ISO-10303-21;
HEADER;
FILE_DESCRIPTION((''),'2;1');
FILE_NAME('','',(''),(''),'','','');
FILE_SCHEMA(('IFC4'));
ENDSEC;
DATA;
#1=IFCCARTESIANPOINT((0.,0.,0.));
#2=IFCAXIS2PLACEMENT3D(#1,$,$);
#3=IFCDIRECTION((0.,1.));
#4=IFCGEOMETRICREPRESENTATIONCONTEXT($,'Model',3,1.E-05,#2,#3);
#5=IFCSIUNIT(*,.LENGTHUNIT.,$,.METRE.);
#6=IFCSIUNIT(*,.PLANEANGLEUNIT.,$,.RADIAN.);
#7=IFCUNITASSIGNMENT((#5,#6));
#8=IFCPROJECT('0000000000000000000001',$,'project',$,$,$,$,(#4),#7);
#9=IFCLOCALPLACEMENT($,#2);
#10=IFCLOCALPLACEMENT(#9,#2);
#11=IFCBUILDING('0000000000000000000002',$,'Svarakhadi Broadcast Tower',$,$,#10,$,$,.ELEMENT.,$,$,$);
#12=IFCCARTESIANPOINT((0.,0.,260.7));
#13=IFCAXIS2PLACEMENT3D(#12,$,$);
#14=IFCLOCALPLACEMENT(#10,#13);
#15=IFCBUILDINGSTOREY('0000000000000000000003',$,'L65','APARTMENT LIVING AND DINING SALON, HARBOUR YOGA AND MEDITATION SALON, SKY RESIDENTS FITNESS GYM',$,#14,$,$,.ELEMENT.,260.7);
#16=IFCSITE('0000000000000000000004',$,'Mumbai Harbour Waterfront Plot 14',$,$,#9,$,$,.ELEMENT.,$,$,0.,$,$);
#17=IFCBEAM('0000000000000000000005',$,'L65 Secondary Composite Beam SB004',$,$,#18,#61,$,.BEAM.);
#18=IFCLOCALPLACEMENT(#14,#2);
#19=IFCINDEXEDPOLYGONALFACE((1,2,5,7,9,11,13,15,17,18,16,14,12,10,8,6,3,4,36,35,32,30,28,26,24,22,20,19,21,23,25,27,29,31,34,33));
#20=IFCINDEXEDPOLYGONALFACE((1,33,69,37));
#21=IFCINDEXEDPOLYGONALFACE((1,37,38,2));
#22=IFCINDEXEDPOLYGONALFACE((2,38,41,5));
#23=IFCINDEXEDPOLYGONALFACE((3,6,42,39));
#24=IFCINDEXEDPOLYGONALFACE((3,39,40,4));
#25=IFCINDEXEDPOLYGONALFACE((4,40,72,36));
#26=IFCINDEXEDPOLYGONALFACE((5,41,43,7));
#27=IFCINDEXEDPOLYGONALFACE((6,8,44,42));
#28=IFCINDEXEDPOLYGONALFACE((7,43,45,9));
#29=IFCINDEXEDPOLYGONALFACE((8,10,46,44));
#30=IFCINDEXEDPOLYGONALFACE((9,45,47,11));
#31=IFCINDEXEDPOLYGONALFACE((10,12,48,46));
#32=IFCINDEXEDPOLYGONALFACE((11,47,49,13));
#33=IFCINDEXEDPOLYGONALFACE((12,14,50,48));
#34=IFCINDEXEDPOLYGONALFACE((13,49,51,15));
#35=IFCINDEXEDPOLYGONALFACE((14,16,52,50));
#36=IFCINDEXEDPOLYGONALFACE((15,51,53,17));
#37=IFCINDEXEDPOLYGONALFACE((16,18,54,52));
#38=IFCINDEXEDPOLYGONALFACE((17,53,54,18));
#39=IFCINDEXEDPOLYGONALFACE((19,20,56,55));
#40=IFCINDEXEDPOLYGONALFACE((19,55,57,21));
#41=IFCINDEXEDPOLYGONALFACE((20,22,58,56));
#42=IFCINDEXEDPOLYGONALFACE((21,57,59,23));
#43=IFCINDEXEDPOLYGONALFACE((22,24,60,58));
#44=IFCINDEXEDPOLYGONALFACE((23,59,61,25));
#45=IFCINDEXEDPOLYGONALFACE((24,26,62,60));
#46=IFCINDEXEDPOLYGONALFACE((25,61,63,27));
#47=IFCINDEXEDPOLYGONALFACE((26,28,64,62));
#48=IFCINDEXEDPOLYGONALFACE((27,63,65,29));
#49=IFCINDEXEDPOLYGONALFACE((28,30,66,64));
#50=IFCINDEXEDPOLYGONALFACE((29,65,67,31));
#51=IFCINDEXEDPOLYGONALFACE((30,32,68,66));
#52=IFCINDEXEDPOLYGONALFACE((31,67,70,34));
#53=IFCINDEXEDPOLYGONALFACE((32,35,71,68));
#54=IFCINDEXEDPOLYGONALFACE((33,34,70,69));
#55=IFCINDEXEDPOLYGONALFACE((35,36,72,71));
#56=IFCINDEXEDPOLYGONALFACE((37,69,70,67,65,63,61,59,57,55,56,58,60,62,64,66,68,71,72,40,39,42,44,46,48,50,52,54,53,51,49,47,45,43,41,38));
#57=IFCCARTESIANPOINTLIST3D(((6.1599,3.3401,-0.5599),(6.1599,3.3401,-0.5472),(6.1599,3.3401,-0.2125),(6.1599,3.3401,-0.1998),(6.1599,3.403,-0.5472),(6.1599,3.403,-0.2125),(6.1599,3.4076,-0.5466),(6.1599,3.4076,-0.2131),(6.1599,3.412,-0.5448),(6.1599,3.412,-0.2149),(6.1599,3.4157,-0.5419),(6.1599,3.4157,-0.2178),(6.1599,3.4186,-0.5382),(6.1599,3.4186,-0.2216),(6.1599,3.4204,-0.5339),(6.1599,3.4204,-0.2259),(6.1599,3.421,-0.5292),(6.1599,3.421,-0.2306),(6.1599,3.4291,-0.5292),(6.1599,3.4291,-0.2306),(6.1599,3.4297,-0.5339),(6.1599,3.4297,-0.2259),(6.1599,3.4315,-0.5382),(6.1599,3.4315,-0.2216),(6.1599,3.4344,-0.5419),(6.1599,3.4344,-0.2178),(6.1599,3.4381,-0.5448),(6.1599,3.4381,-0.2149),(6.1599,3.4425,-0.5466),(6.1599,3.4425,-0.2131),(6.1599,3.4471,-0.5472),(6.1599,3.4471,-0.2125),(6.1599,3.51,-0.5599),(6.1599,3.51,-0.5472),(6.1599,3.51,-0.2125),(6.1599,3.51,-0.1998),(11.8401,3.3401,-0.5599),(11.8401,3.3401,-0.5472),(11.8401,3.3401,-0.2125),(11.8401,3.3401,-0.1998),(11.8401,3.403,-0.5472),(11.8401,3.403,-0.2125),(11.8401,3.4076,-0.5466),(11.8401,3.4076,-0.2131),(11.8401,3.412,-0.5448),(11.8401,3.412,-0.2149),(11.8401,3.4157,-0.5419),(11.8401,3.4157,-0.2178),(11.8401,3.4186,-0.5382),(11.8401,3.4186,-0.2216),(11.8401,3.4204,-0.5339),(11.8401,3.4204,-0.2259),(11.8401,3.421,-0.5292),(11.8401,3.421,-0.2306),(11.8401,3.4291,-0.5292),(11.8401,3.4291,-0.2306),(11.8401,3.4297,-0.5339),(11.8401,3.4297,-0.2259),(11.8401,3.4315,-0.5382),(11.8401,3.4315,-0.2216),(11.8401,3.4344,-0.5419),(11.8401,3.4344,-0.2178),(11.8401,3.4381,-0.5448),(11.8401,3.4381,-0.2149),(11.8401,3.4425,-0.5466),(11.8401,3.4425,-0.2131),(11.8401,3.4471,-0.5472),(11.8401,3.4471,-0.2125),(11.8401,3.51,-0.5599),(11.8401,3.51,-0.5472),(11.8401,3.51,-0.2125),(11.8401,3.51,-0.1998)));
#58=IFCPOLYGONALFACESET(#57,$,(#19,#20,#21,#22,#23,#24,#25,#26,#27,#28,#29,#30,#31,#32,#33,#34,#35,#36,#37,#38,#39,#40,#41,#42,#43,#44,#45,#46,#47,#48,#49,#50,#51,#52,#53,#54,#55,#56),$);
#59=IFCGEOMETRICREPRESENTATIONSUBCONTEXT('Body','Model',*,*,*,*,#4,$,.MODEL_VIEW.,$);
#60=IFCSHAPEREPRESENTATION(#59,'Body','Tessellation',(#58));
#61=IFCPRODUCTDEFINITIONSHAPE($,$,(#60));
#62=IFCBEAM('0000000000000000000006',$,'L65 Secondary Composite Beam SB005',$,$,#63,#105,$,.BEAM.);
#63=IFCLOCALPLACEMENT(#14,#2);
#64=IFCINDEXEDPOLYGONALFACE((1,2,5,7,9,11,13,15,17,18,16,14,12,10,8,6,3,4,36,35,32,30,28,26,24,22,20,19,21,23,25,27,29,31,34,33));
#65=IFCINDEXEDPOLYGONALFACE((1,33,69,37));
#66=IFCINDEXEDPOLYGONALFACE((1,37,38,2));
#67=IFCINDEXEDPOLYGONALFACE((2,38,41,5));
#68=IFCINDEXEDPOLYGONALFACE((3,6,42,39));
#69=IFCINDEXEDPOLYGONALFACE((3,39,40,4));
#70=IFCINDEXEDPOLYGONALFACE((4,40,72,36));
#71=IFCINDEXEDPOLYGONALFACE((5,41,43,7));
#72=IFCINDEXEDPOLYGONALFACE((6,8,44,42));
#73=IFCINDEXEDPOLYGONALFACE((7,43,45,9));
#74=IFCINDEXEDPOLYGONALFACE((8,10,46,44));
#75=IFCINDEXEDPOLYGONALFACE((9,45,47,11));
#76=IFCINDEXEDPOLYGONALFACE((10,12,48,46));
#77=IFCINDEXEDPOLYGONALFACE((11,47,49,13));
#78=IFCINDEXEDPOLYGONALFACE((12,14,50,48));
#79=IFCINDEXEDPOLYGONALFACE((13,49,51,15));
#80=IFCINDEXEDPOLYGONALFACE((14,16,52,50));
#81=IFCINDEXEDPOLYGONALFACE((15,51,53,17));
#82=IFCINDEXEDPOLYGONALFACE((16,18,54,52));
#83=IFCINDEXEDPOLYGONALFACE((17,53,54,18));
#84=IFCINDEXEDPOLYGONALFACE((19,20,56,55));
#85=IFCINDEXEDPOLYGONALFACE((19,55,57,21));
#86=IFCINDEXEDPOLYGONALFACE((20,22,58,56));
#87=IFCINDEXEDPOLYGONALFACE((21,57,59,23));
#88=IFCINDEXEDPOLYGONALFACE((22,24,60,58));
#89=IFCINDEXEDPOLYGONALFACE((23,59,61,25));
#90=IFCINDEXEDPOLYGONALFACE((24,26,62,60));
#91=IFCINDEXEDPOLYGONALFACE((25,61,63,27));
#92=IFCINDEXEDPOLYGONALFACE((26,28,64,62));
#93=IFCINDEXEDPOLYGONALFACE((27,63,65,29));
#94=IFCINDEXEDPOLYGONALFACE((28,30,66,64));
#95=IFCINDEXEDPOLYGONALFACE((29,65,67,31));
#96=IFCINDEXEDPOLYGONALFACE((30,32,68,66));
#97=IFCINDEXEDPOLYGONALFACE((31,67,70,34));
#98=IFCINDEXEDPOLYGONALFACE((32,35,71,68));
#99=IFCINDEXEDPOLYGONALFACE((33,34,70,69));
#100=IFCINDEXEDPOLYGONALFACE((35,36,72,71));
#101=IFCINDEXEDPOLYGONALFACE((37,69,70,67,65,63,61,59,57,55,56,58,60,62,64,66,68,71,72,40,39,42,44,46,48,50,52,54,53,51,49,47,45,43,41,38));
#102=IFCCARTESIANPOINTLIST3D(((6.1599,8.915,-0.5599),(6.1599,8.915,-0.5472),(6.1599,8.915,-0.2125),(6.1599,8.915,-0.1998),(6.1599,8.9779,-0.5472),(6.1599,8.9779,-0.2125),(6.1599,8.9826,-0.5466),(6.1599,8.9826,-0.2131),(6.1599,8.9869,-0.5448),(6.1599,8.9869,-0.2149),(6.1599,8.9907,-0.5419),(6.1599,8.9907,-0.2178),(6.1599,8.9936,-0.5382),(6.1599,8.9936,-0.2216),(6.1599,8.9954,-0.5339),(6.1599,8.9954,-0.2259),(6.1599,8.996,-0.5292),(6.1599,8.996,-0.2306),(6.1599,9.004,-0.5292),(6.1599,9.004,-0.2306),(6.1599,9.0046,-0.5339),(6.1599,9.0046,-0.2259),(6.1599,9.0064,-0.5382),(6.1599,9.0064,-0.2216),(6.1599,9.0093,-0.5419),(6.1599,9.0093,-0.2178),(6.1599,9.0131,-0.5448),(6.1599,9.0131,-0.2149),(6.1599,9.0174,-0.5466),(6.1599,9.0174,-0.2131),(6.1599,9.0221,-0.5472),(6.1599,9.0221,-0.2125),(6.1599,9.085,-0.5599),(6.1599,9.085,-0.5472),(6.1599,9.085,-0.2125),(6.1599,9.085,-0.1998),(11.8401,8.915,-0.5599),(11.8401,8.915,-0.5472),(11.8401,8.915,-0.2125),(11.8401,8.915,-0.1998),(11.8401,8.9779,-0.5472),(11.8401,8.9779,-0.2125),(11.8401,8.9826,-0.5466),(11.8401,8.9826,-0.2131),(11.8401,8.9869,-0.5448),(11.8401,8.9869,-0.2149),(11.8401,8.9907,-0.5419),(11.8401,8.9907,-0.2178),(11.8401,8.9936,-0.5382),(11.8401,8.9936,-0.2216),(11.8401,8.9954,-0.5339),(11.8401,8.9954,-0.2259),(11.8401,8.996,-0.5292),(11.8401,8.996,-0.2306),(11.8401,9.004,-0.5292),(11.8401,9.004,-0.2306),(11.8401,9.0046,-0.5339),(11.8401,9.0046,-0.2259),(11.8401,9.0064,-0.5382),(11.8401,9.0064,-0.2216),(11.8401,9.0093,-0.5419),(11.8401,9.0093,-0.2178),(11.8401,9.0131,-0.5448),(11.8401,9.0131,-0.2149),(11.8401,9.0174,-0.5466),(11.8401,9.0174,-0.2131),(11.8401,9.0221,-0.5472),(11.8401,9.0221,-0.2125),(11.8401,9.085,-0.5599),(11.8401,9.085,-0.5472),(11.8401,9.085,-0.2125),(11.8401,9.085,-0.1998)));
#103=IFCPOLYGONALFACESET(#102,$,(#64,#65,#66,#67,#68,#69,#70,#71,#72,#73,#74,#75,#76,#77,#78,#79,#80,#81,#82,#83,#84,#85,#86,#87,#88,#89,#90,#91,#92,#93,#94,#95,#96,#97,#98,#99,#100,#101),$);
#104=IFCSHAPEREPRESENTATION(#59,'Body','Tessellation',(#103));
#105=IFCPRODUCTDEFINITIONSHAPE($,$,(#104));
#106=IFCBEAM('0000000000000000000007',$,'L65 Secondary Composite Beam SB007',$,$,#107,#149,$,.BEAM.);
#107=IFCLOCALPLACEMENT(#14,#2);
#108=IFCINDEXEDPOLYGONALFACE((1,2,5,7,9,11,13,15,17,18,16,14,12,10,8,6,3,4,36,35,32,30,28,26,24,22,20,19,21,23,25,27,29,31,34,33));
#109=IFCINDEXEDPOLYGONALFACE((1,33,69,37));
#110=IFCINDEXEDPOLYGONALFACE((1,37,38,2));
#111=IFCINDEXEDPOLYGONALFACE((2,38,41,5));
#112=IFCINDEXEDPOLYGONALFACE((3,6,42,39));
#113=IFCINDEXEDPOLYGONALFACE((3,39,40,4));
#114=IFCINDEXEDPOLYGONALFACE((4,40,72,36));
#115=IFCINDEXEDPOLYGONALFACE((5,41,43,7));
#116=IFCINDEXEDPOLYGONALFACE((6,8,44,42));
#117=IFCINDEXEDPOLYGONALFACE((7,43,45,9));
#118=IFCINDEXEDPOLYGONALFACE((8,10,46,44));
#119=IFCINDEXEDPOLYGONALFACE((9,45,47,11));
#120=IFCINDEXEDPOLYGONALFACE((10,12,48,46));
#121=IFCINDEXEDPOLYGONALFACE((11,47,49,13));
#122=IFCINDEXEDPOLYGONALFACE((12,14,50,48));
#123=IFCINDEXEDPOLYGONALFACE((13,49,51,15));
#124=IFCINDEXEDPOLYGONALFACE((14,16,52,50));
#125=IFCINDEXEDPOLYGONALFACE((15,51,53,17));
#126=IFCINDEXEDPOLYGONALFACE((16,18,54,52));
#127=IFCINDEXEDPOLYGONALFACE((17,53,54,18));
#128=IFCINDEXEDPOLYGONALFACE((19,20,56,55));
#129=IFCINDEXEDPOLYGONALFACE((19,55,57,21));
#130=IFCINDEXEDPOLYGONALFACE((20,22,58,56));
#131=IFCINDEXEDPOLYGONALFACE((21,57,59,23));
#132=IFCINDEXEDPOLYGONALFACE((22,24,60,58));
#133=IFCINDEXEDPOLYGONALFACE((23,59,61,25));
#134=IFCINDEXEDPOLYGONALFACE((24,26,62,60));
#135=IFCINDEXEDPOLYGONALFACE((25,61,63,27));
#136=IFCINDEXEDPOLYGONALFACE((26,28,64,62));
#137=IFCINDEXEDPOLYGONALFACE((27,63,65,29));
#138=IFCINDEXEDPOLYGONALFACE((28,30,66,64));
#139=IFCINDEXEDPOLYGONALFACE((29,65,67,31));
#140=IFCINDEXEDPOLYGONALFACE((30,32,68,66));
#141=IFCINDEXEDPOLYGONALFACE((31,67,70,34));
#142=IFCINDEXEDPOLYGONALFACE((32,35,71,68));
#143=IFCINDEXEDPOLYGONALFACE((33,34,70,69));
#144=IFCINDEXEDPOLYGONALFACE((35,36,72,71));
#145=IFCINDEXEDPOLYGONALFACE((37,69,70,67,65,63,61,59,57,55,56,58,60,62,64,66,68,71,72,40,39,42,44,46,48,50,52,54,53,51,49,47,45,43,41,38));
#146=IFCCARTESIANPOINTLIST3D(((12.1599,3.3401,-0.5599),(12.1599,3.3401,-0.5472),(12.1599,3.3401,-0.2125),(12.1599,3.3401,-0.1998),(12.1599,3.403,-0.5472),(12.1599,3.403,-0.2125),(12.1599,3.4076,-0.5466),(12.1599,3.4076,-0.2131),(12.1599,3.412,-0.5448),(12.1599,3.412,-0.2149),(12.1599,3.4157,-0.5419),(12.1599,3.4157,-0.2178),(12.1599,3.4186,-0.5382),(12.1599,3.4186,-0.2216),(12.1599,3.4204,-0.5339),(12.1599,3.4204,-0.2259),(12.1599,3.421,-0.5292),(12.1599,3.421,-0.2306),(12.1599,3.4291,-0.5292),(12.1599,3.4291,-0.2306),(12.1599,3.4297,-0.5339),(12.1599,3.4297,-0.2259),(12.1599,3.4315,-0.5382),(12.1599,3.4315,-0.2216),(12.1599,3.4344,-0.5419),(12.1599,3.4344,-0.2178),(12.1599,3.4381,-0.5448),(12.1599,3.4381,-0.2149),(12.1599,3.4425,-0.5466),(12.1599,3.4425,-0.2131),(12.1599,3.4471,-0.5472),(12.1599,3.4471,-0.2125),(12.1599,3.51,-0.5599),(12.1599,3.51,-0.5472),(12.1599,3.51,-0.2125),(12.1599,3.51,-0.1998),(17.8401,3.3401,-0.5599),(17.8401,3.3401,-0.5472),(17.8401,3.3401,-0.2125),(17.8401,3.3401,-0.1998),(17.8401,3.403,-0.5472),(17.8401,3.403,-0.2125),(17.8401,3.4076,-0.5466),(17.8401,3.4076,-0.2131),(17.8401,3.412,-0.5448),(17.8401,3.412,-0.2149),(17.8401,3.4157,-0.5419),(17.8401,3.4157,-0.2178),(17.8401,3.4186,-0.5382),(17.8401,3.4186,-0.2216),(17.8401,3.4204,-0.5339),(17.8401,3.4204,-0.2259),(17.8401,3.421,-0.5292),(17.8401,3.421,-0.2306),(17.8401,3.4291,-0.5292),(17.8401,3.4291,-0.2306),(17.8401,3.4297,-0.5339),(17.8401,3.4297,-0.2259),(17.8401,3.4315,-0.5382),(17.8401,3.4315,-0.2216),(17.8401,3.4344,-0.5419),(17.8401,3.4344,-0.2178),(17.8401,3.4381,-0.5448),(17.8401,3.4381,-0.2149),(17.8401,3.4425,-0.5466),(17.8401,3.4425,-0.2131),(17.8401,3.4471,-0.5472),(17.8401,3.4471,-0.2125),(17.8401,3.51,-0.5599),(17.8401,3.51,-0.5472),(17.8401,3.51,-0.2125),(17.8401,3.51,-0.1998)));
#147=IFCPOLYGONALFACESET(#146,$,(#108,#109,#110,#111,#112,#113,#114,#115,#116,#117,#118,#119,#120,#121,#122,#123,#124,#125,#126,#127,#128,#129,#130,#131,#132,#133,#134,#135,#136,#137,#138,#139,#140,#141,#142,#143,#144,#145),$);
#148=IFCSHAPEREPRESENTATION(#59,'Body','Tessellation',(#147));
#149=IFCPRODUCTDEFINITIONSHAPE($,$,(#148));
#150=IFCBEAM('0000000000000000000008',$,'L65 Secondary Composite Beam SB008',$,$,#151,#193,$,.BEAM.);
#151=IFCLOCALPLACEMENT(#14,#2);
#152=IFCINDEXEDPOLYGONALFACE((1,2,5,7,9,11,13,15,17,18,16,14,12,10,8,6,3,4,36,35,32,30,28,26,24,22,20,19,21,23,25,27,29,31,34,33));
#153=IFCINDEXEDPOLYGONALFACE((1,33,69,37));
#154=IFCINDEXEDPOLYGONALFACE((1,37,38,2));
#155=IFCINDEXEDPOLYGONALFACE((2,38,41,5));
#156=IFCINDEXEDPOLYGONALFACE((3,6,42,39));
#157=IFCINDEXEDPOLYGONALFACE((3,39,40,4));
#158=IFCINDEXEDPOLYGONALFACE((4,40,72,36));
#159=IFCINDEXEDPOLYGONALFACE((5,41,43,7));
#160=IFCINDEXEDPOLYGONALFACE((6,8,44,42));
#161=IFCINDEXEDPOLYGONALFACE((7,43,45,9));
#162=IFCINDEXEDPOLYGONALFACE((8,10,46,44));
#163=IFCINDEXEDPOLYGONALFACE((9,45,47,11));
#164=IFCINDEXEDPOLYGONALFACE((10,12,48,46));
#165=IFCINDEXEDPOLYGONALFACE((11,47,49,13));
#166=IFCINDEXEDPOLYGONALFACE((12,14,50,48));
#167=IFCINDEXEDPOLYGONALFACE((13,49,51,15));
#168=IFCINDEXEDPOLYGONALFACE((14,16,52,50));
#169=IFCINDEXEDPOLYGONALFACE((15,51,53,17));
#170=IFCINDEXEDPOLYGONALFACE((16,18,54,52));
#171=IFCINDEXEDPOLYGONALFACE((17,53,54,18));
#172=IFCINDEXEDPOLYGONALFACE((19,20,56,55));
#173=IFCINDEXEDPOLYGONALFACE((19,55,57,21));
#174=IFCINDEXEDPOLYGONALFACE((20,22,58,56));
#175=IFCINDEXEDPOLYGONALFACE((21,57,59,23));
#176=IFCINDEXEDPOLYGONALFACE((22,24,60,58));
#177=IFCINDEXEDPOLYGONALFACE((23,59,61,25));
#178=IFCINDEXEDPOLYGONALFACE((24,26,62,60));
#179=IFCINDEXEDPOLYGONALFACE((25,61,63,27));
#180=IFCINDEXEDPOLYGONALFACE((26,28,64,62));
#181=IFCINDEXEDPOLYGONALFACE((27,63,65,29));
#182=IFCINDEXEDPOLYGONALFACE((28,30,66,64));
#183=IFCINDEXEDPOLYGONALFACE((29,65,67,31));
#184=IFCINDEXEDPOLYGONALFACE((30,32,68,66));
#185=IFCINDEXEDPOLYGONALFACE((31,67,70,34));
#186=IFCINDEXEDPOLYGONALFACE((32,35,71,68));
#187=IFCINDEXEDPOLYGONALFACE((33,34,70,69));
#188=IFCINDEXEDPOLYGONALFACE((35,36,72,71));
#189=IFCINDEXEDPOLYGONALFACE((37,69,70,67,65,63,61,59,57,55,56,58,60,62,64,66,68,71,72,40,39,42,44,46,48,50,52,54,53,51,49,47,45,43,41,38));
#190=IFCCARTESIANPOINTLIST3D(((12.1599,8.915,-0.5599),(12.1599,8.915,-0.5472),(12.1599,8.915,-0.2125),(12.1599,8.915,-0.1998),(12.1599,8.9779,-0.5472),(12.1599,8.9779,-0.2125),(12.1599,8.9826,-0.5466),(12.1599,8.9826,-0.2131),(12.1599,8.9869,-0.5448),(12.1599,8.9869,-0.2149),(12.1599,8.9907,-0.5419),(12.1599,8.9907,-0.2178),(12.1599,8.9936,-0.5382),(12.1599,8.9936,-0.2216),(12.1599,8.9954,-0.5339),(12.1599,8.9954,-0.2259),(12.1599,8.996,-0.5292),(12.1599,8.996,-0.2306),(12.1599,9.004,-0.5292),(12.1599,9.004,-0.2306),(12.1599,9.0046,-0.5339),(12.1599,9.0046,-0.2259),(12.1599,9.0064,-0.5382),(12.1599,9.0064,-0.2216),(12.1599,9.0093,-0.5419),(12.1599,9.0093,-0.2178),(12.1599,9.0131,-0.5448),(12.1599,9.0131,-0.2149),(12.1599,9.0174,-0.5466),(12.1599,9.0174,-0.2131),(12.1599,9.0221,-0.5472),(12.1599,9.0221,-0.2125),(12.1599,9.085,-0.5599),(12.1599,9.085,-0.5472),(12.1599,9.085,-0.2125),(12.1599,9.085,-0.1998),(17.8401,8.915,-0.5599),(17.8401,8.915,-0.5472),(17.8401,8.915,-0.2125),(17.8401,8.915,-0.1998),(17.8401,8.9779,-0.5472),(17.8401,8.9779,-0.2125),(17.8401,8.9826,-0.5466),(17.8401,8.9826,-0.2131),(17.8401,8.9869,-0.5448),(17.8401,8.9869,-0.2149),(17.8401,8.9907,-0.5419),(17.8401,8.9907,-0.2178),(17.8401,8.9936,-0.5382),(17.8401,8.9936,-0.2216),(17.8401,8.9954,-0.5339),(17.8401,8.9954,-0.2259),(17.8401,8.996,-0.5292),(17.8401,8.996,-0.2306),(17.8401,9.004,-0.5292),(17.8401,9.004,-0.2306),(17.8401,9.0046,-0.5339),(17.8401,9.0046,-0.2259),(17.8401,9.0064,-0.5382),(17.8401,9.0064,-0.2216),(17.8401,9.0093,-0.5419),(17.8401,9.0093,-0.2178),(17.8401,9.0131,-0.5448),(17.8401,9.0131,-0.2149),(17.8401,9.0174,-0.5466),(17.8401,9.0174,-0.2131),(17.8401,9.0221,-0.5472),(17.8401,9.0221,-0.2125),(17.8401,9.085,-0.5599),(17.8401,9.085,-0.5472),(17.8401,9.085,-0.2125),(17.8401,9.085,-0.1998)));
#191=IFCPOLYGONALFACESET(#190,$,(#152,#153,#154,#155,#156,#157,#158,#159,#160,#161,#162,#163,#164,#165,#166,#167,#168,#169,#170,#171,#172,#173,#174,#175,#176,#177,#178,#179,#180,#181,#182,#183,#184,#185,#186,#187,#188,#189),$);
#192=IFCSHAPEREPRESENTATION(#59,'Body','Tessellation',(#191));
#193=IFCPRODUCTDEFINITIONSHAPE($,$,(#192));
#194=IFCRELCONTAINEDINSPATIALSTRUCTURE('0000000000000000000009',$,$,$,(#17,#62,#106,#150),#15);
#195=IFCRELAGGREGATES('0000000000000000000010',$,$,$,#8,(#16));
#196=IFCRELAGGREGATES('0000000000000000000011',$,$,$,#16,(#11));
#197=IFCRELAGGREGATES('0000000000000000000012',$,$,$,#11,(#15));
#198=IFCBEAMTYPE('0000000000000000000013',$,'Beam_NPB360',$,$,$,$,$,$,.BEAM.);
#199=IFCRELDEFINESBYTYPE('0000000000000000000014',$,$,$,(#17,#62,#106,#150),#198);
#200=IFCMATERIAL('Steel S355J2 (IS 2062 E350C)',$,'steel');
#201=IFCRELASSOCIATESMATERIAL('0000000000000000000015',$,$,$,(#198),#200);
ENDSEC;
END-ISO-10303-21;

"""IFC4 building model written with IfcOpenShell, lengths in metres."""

from ifc_helpers import new_model, si_unit, direction, frame, origin, origin_2d, place, context, subcontext, project, spatial, i_section, extrude, material, material_profile, profile_set, type_object, element, save


model = new_model("IFC4")

# Units and contexts
model_context = context("Model", 3, precision=1e-05, world=origin(), true_north=direction((0.0, 1.0)))
body_context = subcontext(model_context, "Body", "Model", "MODEL_VIEW")
ifc_project = project(units=[si_unit("LENGTHUNIT", "METRE"), si_unit("PLANEANGLEUNIT", "RADIAN")], contexts=[model_context])

# Site, building, storey
site_placement = place(None, origin())
site = spatial("IfcSite", under=ifc_project, at=site_placement, Name="Mumbai Harbour Waterfront Plot 14", CompositionType="ELEMENT", RefElevation=0.0)
building_placement = place(site_placement, origin())
building = spatial("IfcBuilding", under=site, at=building_placement, Name="Svarakhadi Broadcast Tower", CompositionType="ELEMENT")
storey_placement = place(building_placement, frame((0.0, 0.0, 260.7)))
storey = spatial("IfcBuildingStorey", under=building, at=storey_placement, Name="L65", Description="APARTMENT LIVING AND DINING SALON, HARBOUR YOGA AND MEDITATION SALON, SKY RESIDENTS FITNESS GYM", CompositionType="ELEMENT", Elevation=260.7)

# Beams
ifc_material_1 = material(Name="Steel S355J2 (IS 2062 E350C)", Category="steel")
ifc_material_profile_1 = material_profile(ifc_material_1, i_section(OverallWidth=0.1699, OverallDepth=0.3601, WebThickness=0.0081, FlangeThickness=0.0127, FilletRadius=0.0181, at=origin_2d()), Name="NPB 360x170x57")
ifc_profile_set_1 = profile_set([ifc_material_profile_1], Name="Steel S355J2 (IS 2062 E350C)")
beam_type_1 = type_object("IfcBeamType", Name="Beam_NPB360", PredefinedType="BEAM", material=ifc_profile_set_1)
for number, where, z_axis, x_axis, name in (
    (1, (6.1599, 3.425, -0.3799), (1.0, 0.0, 0.0), (0.0, 1.0, 0.0), "L65 Secondary Composite Beam SB004"),
    (2, (6.1599, 9.0, -0.3799), (1.0, 0.0, 0.0), (0.0, 1.0, 0.0), "L65 Secondary Composite Beam SB005"),
    (3, (12.1599, 3.425, -0.3799), (1.0, 0.0, 0.0), (0.0, 1.0, 0.0), "L65 Secondary Composite Beam SB007"),
    (4, (12.1599, 9.0, -0.3799), (1.0, 0.0, 0.0), (0.0, 1.0, 0.0), "L65 Secondary Composite Beam SB008"),
):
    element("IfcBeam", number, at=place(storey_placement, frame(where, z_axis=z_axis, x_axis=x_axis)), inside=storey, type_object=beam_type_1, Name=name, PredefinedType="BEAM", context=body_context, shape_type="SweptSolid", body=[
        extrude(i_section(OverallWidth=0.1699, OverallDepth=0.3601, WebThickness=0.0081, FlangeThickness=0.0127, FilletRadius=0.0181, at=origin_2d()), origin(), (0.0, 0.0, 1.0), 5.6802),
    ])

save(model, "model.ifc")
